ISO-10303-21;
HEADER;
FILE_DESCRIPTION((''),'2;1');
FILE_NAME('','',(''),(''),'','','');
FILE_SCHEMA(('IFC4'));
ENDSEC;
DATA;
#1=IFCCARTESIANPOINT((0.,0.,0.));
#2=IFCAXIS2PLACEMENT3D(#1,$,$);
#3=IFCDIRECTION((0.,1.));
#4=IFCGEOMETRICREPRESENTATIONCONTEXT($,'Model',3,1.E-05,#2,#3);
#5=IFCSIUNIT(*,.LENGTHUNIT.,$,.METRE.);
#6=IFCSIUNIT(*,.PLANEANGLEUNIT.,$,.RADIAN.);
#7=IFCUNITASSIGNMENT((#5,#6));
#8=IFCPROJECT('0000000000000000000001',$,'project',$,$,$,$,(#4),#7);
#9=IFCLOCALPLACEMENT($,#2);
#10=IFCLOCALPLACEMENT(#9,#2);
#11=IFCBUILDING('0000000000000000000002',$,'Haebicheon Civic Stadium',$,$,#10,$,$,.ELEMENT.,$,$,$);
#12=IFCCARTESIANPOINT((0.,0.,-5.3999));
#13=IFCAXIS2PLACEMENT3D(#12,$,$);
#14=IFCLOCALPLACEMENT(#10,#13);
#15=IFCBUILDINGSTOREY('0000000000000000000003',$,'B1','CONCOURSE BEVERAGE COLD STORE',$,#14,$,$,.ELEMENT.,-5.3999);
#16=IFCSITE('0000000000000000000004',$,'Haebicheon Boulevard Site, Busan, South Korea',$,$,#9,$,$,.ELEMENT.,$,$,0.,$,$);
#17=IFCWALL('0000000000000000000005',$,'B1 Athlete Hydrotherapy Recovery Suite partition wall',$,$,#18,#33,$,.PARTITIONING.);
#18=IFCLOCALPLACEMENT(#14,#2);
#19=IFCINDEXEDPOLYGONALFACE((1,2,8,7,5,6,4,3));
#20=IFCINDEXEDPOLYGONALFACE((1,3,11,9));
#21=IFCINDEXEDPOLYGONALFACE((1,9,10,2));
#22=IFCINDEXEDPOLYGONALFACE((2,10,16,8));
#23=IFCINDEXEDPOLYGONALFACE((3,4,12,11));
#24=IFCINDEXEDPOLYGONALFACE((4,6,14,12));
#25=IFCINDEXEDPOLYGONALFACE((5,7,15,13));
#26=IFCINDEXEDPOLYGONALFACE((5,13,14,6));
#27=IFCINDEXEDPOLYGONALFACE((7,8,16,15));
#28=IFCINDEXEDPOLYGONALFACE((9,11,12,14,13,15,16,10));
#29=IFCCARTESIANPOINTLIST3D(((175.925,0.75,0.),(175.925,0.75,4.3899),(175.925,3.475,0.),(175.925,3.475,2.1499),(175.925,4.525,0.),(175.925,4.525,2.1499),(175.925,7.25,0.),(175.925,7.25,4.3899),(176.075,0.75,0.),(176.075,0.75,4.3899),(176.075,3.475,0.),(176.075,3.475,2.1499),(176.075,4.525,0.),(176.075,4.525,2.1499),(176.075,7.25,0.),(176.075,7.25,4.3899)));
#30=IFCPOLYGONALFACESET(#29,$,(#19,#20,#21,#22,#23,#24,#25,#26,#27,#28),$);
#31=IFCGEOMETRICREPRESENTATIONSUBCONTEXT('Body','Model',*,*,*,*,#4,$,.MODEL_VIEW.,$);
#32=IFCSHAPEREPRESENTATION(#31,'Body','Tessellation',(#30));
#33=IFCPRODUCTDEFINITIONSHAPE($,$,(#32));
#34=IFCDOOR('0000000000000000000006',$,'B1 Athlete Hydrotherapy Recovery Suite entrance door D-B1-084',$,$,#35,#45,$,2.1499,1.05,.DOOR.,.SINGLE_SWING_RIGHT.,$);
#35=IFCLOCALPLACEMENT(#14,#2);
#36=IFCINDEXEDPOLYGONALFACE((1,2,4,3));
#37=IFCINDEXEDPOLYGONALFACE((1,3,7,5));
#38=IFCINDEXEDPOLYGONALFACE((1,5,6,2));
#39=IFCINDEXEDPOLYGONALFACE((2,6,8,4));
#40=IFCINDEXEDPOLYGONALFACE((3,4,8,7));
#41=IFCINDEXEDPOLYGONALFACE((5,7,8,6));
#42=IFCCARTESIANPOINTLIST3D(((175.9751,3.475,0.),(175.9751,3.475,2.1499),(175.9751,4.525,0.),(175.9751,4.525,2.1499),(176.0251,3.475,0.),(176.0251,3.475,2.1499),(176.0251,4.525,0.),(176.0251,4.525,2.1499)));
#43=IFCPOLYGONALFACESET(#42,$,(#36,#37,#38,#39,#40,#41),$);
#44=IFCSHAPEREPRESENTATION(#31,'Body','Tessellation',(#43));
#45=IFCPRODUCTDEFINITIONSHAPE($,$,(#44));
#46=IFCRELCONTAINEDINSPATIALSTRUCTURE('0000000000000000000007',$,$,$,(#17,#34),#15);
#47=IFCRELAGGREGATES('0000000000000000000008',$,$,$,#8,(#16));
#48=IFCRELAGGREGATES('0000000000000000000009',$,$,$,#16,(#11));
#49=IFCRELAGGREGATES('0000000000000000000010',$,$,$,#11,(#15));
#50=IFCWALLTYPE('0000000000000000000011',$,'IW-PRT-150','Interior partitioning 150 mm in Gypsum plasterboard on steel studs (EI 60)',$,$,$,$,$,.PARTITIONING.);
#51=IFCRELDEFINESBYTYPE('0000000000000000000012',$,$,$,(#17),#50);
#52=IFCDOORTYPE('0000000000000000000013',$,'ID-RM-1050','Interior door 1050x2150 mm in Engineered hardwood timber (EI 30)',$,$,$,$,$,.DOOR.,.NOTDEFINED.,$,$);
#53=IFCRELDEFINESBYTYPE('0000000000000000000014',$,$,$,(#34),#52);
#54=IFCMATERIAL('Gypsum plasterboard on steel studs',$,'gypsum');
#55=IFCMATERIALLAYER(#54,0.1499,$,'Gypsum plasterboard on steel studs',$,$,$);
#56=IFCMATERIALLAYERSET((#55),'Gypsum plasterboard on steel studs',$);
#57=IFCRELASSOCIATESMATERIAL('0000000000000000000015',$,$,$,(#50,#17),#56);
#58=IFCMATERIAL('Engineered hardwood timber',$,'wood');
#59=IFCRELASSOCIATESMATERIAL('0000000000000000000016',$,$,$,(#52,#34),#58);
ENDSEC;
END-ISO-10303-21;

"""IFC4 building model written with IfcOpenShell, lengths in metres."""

from ifc_helpers import new_model, si_unit, direction, frame, frame_2d, origin, place, context, subcontext, project, spatial, rectangle, extrude, material, layer, layer_set, type_object, element, fill, save


model = new_model("IFC4")

# Units and contexts
model_context = context("Model", 3, precision=1e-05, world=origin(), true_north=direction((0.0, 1.0)))
body_context = subcontext(model_context, "Body", "Model", "MODEL_VIEW")
ifc_project = project(units=[si_unit("LENGTHUNIT", "METRE"), si_unit("PLANEANGLEUNIT", "RADIAN")], contexts=[model_context])

# Site, building, storey
site_placement = place(None, origin())
site = spatial("IfcSite", under=ifc_project, at=site_placement, Name="Haebicheon Boulevard Site, Busan, South Korea", CompositionType="ELEMENT", RefElevation=0.0)
building_placement = place(site_placement, origin())
building = spatial("IfcBuilding", under=site, at=building_placement, Name="Haebicheon Civic Stadium", CompositionType="ELEMENT")
storey_placement = place(building_placement, frame((0.0, 0.0, -5.3999)))
storey = spatial("IfcBuildingStorey", under=building, at=storey_placement, Name="B1", Description="CONCOURSE BEVERAGE COLD STORE", CompositionType="ELEMENT", Elevation=-5.3999)

# Wall, opening, door
ifc_material_1 = material(Name="Gypsum plasterboard on steel studs", Category="gypsum")
ifc_layer_1 = layer(ifc_material_1, 0.1499, Name="Gypsum plasterboard on steel studs")
ifc_layer_set_1 = layer_set([ifc_layer_1], Name="Gypsum plasterboard on steel studs")
wall_type_1 = type_object("IfcWallType", Name="IW-PRT-150", Description="Interior partitioning 150 mm in Gypsum plasterboard on steel studs (EI 60)", PredefinedType="PARTITIONING", material=ifc_layer_set_1)
wall_1_placement = place(storey_placement, frame((176.0, 0.75, 0.0), z_axis=(0.0, 0.0, 1.0), x_axis=(0.0, 1.0, 0.0)))
wall_1 = element("IfcWall", 1, at=wall_1_placement, inside=storey, type_object=wall_type_1, material=ifc_layer_set_1, Name="B1 Athlete Hydrotherapy Recovery Suite partition wall", PredefinedType="PARTITIONING", context=body_context, shape_type="SweptSolid", body=[
    extrude(rectangle(XDim=6.5, YDim=0.1499, at=frame_2d((3.25, 0.0))), origin(), (0.0, 0.0, 1.0), 4.3899),
])
opening_placement = place(wall_1_placement, frame((2.7251, 0.0, 0.0)))
opening = element("IfcOpeningElement", 2, at=opening_placement, cuts=wall_1, PredefinedType="OPENING", context=body_context, shape_type="SweptSolid", body=[
    extrude(rectangle(XDim=1.05, YDim=2.1499, at=frame_2d((0.5249, 1.075))), frame((0.0, 0.085, 0.0), z_axis=(0.0, -1.0, 0.0), x_axis=(1.0, 0.0, 0.0)), (0.0, 0.0, 1.0), 0.1699),
])
ifc_material_2 = material(Name="Engineered hardwood timber", Category="wood")
door_type = type_object("IfcDoorType", Name="ID-RM-1050", Description="Interior door 1050x2150 mm in Engineered hardwood timber (EI 30)", OperationType="NOTDEFINED", PredefinedType="DOOR", material=ifc_material_2)
door_placement = place(opening_placement, origin())
door = element("IfcDoor", 3, at=door_placement, inside=storey, type_object=door_type, material=ifc_material_2, Name="B1 Athlete Hydrotherapy Recovery Suite entrance door D-B1-084", OperationType="SINGLE_SWING_RIGHT", OverallHeight=2.1499, OverallWidth=1.05, PredefinedType="DOOR", context=body_context, shape_type="SweptSolid", body=[
    extrude(rectangle(XDim=1.05, YDim=2.1499, at=frame_2d((0.5249, 1.075))), frame((0.0, 0.0249, 0.0), z_axis=(0.0, -1.0, 0.0), x_axis=(1.0, 0.0, 0.0)), (0.0, 0.0, 1.0), 0.05),
])
fill(opening, door)

save(model, "model.ifc")
